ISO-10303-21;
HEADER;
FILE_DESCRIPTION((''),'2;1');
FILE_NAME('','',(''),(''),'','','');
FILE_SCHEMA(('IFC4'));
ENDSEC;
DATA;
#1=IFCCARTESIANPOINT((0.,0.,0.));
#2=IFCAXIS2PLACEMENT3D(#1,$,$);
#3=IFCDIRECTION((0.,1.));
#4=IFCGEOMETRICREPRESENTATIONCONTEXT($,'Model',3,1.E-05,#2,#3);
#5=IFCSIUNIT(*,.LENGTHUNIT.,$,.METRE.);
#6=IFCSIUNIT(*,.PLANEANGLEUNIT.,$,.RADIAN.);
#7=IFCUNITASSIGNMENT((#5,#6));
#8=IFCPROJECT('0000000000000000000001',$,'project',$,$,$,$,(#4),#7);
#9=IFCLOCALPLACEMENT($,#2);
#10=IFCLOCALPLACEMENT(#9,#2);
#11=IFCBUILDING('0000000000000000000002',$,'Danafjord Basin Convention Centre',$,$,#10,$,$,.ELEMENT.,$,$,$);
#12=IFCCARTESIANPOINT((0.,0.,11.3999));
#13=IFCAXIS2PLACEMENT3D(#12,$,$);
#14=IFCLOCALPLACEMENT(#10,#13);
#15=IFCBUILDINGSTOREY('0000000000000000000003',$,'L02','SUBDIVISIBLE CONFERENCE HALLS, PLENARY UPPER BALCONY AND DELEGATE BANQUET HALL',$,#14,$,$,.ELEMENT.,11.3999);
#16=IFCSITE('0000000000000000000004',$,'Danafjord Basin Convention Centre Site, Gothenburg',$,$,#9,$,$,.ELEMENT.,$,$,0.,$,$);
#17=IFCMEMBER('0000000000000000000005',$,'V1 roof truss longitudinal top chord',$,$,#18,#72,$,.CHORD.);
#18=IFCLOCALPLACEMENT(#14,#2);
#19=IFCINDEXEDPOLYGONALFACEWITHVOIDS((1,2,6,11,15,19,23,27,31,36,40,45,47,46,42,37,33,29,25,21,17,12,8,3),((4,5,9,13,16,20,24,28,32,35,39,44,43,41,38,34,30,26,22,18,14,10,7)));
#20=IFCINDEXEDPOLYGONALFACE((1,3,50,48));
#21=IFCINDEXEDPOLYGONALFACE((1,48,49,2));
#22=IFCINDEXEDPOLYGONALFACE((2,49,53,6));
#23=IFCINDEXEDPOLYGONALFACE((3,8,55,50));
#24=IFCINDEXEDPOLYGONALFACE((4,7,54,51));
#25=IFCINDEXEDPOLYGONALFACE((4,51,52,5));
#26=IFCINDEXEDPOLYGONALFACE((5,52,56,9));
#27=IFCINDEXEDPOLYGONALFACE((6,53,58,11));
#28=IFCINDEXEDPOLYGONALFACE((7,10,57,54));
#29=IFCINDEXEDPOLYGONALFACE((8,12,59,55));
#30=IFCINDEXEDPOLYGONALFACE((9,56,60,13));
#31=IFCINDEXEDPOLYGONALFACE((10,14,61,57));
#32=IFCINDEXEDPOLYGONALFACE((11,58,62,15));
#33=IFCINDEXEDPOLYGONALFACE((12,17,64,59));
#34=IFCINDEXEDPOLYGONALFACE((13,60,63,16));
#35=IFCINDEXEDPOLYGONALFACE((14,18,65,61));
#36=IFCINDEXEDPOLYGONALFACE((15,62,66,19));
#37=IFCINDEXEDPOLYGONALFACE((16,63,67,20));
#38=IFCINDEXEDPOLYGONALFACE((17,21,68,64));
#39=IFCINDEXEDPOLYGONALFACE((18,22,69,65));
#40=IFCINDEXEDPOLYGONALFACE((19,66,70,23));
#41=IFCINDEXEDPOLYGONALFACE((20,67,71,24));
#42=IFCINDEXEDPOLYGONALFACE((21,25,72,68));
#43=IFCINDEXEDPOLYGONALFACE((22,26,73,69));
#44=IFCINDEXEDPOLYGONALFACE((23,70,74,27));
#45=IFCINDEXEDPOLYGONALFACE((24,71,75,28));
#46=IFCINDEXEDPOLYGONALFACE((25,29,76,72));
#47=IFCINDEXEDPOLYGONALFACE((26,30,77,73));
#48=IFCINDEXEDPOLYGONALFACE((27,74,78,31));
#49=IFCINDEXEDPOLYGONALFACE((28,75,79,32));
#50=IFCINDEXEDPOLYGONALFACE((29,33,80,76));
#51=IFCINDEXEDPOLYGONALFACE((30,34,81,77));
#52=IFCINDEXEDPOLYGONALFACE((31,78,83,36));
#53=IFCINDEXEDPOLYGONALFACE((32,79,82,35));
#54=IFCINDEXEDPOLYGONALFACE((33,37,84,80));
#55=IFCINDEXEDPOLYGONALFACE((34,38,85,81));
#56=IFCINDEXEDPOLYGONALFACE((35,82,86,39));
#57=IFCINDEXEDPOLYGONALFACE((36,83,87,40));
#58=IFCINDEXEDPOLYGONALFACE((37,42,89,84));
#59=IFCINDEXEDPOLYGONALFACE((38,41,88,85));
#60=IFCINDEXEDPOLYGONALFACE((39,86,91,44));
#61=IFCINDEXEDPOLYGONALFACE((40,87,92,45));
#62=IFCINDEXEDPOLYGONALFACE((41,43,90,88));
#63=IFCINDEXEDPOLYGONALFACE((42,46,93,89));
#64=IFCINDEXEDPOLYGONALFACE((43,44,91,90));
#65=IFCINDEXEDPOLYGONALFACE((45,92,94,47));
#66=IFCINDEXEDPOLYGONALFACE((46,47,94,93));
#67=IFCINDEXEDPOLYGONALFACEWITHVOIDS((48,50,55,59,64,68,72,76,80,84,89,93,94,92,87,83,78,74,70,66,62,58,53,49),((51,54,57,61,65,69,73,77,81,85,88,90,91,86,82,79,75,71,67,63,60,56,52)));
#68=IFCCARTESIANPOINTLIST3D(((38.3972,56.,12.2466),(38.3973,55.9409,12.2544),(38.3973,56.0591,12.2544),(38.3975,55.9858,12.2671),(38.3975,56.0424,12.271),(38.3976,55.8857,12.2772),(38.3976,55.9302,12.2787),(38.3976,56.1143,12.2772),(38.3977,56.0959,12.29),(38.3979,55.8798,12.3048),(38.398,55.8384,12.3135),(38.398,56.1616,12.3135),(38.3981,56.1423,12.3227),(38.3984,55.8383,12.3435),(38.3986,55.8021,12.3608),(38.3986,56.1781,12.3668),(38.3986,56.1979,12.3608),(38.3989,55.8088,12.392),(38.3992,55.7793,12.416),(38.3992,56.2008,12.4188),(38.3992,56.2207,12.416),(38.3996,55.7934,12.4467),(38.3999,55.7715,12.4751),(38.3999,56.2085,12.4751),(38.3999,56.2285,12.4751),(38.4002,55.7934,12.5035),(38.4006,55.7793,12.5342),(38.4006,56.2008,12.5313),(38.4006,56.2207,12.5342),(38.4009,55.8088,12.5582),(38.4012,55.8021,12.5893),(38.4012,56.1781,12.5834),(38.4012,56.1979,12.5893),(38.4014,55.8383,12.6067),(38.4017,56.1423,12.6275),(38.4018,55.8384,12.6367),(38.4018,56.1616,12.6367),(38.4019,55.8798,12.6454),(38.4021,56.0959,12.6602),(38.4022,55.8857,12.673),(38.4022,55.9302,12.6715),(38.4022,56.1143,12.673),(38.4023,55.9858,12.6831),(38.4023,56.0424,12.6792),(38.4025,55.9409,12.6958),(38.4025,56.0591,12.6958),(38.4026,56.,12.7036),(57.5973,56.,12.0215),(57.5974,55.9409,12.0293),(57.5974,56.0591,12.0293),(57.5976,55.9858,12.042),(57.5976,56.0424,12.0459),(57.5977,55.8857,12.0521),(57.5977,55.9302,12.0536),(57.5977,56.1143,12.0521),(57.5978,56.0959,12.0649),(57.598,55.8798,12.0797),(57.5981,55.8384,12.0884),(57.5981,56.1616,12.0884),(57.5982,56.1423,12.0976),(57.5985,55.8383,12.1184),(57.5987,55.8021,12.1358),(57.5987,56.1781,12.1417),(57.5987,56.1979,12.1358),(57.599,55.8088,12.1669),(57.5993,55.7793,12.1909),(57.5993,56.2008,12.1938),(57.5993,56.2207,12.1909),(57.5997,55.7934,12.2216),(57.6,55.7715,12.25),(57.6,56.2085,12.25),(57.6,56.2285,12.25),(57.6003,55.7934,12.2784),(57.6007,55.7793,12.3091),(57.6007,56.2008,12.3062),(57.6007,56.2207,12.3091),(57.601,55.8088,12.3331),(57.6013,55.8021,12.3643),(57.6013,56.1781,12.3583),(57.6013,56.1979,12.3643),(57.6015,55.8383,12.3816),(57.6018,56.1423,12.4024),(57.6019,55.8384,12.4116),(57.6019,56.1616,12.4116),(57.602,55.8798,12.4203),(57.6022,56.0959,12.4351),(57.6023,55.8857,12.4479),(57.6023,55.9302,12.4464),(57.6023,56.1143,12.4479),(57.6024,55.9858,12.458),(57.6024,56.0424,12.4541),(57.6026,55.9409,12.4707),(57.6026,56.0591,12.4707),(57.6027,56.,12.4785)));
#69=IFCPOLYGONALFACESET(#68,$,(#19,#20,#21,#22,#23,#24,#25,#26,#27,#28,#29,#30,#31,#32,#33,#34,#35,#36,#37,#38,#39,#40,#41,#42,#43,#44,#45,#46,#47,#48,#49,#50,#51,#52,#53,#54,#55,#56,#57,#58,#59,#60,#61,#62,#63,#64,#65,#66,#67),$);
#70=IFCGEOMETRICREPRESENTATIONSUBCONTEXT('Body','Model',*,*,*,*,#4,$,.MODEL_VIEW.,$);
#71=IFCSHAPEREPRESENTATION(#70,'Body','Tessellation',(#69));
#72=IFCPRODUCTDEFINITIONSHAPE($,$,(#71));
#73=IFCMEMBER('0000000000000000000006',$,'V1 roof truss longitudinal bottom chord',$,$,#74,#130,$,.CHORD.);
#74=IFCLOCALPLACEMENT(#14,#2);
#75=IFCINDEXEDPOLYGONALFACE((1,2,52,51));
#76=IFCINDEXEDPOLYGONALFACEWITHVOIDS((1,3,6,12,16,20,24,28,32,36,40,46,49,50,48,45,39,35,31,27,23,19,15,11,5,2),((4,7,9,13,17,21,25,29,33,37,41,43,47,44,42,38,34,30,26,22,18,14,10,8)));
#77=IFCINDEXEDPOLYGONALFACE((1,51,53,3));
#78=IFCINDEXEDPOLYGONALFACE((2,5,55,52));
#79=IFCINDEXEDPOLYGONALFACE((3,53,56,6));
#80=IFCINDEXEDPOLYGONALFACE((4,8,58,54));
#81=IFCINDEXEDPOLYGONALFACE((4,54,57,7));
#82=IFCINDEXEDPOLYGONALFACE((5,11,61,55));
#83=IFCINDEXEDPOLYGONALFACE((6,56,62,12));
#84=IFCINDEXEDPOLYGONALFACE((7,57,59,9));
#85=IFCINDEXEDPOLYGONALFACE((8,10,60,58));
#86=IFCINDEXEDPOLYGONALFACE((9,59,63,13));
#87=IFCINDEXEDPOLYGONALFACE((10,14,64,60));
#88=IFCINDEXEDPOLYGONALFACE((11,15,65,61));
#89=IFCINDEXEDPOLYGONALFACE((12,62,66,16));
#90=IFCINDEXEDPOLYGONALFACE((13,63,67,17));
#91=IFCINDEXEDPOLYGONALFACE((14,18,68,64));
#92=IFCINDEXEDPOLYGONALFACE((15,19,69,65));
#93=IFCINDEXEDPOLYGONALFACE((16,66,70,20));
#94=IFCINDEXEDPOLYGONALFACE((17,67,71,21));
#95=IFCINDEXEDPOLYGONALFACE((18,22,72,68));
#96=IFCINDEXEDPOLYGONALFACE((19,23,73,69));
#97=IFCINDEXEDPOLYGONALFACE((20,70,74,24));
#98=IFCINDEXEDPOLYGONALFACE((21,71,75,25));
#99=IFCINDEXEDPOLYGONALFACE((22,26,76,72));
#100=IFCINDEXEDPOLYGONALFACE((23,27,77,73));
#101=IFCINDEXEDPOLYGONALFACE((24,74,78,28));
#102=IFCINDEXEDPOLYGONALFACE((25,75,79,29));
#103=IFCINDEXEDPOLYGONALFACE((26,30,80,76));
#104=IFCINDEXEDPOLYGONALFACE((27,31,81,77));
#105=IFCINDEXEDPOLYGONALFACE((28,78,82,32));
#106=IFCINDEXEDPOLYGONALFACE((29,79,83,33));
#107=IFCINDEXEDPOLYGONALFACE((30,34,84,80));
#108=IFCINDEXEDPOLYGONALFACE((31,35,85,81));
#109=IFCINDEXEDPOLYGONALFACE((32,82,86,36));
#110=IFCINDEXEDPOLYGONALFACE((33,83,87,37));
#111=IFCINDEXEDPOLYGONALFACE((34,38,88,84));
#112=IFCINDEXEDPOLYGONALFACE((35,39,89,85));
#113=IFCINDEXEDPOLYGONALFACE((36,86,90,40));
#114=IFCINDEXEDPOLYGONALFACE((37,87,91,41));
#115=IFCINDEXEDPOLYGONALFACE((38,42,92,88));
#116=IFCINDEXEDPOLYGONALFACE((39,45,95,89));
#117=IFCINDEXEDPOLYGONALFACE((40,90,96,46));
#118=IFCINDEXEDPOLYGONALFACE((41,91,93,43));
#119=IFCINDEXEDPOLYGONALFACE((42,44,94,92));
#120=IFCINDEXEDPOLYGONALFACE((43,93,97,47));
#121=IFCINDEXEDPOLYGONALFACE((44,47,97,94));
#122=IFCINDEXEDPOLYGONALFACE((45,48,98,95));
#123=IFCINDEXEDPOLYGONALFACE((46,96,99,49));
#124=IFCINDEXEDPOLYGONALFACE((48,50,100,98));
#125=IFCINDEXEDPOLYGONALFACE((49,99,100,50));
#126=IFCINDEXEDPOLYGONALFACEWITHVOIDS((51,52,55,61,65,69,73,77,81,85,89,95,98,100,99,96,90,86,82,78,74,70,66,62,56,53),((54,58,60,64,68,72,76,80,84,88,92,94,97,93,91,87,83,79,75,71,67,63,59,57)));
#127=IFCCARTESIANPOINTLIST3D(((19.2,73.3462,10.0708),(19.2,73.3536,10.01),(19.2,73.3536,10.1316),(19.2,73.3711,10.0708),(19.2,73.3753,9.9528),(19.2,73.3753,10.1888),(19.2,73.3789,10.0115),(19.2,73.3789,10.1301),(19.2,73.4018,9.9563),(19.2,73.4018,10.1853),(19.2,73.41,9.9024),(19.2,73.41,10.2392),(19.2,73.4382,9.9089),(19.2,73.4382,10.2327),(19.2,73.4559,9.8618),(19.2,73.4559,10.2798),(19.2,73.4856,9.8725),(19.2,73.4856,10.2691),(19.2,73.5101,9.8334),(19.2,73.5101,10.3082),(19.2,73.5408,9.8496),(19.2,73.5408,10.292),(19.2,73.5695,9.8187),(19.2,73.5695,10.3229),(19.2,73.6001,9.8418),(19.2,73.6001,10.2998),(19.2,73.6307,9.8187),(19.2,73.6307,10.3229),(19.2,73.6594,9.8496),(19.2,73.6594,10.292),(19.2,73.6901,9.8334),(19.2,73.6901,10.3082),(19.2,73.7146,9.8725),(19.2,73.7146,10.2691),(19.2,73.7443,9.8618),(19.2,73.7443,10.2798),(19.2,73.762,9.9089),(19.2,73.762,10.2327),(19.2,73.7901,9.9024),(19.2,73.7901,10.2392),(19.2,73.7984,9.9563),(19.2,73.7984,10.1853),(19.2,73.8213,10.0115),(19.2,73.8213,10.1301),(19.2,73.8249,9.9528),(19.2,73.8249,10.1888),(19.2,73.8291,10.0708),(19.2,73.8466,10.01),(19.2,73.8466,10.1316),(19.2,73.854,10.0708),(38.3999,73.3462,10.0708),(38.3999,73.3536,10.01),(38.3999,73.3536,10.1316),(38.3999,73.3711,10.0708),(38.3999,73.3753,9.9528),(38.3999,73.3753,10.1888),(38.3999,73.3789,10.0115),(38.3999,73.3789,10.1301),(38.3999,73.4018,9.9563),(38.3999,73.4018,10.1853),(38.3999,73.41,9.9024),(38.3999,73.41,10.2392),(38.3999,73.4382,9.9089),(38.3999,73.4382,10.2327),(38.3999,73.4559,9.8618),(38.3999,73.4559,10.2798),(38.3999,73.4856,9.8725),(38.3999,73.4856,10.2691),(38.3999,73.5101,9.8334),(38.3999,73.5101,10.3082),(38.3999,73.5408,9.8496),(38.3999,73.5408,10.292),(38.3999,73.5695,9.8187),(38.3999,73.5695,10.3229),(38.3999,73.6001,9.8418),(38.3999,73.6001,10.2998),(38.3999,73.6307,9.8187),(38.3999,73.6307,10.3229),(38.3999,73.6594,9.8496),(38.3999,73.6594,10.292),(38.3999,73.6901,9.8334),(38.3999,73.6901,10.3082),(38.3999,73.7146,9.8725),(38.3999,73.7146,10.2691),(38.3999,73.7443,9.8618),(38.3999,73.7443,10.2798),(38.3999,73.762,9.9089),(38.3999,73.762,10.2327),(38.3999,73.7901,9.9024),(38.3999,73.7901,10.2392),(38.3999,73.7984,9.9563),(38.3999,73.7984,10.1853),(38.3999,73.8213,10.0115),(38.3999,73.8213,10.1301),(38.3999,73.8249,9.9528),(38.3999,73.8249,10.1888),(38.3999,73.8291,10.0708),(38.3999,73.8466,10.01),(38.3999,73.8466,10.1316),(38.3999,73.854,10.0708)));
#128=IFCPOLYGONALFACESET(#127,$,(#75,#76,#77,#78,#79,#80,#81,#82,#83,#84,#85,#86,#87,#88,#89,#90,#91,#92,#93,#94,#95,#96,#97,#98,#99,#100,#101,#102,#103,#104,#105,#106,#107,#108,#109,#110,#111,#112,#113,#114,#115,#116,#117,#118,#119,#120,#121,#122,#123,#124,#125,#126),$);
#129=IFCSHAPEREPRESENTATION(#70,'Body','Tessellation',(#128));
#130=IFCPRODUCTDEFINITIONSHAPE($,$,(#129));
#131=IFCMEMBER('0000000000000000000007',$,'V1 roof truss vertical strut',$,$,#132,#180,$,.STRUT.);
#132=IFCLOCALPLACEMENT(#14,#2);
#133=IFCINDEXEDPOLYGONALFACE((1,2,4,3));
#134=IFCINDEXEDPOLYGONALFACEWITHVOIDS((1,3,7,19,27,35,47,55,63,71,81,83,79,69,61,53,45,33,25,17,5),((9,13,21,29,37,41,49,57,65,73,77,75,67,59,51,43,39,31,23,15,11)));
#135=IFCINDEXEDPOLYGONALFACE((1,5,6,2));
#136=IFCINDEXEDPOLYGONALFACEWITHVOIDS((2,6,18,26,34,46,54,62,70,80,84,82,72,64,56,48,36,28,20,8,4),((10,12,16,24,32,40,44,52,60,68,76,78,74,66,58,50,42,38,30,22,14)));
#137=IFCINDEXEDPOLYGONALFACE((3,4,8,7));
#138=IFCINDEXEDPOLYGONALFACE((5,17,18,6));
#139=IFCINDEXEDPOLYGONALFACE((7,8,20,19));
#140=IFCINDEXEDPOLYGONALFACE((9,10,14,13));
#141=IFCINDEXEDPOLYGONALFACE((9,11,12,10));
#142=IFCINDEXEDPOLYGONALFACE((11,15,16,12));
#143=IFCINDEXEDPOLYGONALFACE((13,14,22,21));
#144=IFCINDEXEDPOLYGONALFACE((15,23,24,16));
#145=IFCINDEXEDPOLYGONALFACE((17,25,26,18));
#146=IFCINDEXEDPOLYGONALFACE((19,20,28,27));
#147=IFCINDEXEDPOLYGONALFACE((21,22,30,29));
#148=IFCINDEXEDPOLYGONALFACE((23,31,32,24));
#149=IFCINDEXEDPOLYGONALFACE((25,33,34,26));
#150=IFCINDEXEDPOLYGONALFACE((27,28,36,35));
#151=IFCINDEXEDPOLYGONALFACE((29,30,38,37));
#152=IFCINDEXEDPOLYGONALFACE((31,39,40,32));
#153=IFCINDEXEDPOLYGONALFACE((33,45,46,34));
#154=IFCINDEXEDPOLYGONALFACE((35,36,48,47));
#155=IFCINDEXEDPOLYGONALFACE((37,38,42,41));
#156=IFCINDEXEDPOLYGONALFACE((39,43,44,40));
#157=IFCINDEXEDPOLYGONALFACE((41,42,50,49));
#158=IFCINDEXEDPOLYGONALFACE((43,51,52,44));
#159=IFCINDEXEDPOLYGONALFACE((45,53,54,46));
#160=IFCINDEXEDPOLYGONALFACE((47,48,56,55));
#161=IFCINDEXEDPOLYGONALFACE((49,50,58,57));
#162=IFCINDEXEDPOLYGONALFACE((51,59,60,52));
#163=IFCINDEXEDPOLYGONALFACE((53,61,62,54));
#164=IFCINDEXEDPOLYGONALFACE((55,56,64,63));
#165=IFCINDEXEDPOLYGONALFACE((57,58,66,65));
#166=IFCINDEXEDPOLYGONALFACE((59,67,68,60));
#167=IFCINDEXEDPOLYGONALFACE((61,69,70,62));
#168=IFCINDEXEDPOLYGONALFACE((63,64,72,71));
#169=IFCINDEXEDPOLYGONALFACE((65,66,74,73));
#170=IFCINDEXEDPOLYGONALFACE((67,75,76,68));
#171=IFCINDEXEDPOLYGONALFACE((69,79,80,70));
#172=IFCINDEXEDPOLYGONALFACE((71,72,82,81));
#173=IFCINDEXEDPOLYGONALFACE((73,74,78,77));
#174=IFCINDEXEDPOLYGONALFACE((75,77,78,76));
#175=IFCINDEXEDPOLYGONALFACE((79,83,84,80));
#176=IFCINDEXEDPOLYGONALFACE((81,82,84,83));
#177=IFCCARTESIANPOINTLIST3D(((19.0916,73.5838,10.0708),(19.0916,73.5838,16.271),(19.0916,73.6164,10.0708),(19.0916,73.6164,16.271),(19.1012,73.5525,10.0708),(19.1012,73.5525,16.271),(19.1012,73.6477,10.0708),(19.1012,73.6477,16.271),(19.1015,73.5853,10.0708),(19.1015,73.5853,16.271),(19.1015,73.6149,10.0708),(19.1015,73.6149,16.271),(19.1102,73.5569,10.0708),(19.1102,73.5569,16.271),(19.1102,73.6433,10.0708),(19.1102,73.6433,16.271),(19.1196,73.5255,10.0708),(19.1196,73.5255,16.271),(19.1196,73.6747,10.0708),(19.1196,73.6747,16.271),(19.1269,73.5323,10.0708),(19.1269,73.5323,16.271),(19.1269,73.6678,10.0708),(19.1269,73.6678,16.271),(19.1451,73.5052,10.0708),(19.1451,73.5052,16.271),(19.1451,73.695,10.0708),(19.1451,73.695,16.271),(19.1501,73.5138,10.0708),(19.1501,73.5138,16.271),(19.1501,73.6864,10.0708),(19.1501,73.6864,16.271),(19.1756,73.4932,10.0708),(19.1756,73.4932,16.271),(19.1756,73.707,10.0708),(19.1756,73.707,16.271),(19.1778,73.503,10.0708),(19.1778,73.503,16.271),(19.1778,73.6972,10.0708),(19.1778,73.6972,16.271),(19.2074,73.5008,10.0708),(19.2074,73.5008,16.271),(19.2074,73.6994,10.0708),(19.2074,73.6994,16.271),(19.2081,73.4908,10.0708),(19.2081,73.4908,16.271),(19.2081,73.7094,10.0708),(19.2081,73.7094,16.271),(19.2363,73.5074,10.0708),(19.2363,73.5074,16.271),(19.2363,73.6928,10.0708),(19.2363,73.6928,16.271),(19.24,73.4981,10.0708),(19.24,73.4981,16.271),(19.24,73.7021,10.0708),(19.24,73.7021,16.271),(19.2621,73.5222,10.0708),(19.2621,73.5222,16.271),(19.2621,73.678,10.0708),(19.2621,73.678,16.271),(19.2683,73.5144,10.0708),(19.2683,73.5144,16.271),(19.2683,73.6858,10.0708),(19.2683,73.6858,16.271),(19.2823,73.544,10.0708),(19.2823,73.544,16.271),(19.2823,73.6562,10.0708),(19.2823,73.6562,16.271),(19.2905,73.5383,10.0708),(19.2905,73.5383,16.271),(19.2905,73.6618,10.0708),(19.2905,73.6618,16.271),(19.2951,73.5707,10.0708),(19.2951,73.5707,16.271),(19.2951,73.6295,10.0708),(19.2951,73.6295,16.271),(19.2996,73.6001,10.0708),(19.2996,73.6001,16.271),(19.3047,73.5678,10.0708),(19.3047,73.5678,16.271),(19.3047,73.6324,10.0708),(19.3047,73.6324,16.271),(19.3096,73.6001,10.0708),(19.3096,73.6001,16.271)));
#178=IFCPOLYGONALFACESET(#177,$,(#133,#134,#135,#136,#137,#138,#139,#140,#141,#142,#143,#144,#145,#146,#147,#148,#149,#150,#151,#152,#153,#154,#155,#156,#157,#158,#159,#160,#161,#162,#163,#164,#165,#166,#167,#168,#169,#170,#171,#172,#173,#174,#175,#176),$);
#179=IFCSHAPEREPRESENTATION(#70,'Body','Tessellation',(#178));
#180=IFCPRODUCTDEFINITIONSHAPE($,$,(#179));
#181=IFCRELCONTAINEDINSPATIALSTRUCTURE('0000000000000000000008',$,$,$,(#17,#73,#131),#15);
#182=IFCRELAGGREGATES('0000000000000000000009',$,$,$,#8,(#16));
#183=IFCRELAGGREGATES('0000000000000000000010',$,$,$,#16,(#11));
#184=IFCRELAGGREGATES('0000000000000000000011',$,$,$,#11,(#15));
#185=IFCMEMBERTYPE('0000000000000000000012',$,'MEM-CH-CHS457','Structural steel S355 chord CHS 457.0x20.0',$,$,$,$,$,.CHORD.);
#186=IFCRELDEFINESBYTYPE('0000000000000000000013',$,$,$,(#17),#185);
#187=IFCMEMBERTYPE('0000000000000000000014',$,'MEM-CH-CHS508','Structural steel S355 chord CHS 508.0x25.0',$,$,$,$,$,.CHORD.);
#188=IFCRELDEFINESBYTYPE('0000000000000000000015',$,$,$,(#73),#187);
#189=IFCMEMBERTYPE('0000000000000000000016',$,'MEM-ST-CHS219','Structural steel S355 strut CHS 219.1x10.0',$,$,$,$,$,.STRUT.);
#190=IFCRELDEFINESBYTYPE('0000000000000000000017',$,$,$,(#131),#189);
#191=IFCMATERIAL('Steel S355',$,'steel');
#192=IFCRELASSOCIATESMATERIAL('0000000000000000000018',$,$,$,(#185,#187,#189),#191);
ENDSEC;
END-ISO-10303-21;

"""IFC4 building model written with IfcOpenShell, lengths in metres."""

from ifc_helpers import new_model, si_unit, direction, frame, origin, origin_2d, place, context, subcontext, project, spatial, hollow_circle, extrude, material, material_profile, profile_set, type_object, element, save


model = new_model("IFC4")

# Units and contexts
model_context = context("Model", 3, precision=1e-05, world=origin(), true_north=direction((0.0, 1.0)))
body_context = subcontext(model_context, "Body", "Model", "MODEL_VIEW")
ifc_project = project(units=[si_unit("LENGTHUNIT", "METRE"), si_unit("PLANEANGLEUNIT", "RADIAN")], contexts=[model_context])

# Site, building, storey
site_placement = place(None, origin())
site = spatial("IfcSite", under=ifc_project, at=site_placement, Name="Danafjord Basin Convention Centre Site, Gothenburg", CompositionType="ELEMENT", RefElevation=0.0)
building_placement = place(site_placement, origin())
building = spatial("IfcBuilding", under=site, at=building_placement, Name="Danafjord Basin Convention Centre", CompositionType="ELEMENT")
storey_placement = place(building_placement, frame((0.0, 0.0, 11.3999)))
storey = spatial("IfcBuildingStorey", under=building, at=storey_placement, Name="L02", Description="SUBDIVISIBLE CONFERENCE HALLS, PLENARY UPPER BALCONY AND DELEGATE BANQUET HALL", CompositionType="ELEMENT", Elevation=11.3999)

# Shared definitions
ifc_material_1 = material(Name="Steel S355", Category="steel")

# Members
ifc_material_profile_1 = material_profile(ifc_material_1, hollow_circle(Radius=0.2285, WallThickness=0.02, at=origin_2d()), Name="CHS 457.0x20.0")
ifc_profile_set_1 = profile_set([ifc_material_profile_1], Name="Steel S355")
member_type_1 = type_object("IfcMemberType", Name="MEM-CH-CHS457", Description="Structural steel S355 chord CHS 457.0x20.0", PredefinedType="CHORD", material=ifc_profile_set_1)
member_1_placement = place(storey_placement, frame((38.3999, 56.0, 12.4751), z_axis=(0.999931, 0.0, -0.011723), x_axis=(0.0, 1.0, 0.0)))
element("IfcMember", 1, at=member_1_placement, inside=storey, type_object=member_type_1, Name="V1 roof truss longitudinal top chord", PredefinedType="CHORD", context=body_context, shape_type="SweptSolid", body=[
    extrude(hollow_circle(Radius=0.2285, WallThickness=0.02, at=origin_2d()), origin(), (0.0, 0.0, 1.0), 19.2014),
])
ifc_material_profile_2 = material_profile(ifc_material_1, hollow_circle(Radius=0.2539, WallThickness=0.0249, at=origin_2d()), Name="CHS 508.0x25.0")
ifc_profile_set_2 = profile_set([ifc_material_profile_2], Name="Steel S355")
member_type_2 = type_object("IfcMemberType", Name="MEM-CH-CHS508", Description="Structural steel S355 chord CHS 508.0x25.0", PredefinedType="CHORD", material=ifc_profile_set_2)
member_2_placement = place(storey_placement, frame((19.2, 73.6001, 10.0708), z_axis=(1.0, 0.0, 0.0), x_axis=(0.0, 1.0, 0.0)))
element("IfcMember", 2, at=member_2_placement, inside=storey, type_object=member_type_2, Name="V1 roof truss longitudinal bottom chord", PredefinedType="CHORD", context=body_context, shape_type="SweptSolid", body=[
    extrude(hollow_circle(Radius=0.2539, WallThickness=0.0249, at=origin_2d()), origin(), (0.0, 0.0, 1.0), 19.2),
])
ifc_material_profile_3 = material_profile(ifc_material_1, hollow_circle(Radius=0.1096, WallThickness=0.01, at=origin_2d()), Name="CHS 219.1x10.0")
ifc_profile_set_3 = profile_set([ifc_material_profile_3], Name="Steel S355")
member_type_3 = type_object("IfcMemberType", Name="MEM-ST-CHS219", Description="Structural steel S355 strut CHS 219.1x10.0", PredefinedType="STRUT", material=ifc_profile_set_3)
member_3_placement = place(storey_placement, frame((19.2, 73.6001, 10.0708), z_axis=(0.0, 0.0, 1.0), x_axis=(1.0, 0.0, 0.0)))
element("IfcMember", 3, at=member_3_placement, inside=storey, type_object=member_type_3, Name="V1 roof truss vertical strut", PredefinedType="STRUT", context=body_context, shape_type="SweptSolid", body=[
    extrude(hollow_circle(Radius=0.1096, WallThickness=0.01, at=origin_2d()), origin(), (0.0, 0.0, 1.0), 6.2002),
])

save(model, "model.ifc")
